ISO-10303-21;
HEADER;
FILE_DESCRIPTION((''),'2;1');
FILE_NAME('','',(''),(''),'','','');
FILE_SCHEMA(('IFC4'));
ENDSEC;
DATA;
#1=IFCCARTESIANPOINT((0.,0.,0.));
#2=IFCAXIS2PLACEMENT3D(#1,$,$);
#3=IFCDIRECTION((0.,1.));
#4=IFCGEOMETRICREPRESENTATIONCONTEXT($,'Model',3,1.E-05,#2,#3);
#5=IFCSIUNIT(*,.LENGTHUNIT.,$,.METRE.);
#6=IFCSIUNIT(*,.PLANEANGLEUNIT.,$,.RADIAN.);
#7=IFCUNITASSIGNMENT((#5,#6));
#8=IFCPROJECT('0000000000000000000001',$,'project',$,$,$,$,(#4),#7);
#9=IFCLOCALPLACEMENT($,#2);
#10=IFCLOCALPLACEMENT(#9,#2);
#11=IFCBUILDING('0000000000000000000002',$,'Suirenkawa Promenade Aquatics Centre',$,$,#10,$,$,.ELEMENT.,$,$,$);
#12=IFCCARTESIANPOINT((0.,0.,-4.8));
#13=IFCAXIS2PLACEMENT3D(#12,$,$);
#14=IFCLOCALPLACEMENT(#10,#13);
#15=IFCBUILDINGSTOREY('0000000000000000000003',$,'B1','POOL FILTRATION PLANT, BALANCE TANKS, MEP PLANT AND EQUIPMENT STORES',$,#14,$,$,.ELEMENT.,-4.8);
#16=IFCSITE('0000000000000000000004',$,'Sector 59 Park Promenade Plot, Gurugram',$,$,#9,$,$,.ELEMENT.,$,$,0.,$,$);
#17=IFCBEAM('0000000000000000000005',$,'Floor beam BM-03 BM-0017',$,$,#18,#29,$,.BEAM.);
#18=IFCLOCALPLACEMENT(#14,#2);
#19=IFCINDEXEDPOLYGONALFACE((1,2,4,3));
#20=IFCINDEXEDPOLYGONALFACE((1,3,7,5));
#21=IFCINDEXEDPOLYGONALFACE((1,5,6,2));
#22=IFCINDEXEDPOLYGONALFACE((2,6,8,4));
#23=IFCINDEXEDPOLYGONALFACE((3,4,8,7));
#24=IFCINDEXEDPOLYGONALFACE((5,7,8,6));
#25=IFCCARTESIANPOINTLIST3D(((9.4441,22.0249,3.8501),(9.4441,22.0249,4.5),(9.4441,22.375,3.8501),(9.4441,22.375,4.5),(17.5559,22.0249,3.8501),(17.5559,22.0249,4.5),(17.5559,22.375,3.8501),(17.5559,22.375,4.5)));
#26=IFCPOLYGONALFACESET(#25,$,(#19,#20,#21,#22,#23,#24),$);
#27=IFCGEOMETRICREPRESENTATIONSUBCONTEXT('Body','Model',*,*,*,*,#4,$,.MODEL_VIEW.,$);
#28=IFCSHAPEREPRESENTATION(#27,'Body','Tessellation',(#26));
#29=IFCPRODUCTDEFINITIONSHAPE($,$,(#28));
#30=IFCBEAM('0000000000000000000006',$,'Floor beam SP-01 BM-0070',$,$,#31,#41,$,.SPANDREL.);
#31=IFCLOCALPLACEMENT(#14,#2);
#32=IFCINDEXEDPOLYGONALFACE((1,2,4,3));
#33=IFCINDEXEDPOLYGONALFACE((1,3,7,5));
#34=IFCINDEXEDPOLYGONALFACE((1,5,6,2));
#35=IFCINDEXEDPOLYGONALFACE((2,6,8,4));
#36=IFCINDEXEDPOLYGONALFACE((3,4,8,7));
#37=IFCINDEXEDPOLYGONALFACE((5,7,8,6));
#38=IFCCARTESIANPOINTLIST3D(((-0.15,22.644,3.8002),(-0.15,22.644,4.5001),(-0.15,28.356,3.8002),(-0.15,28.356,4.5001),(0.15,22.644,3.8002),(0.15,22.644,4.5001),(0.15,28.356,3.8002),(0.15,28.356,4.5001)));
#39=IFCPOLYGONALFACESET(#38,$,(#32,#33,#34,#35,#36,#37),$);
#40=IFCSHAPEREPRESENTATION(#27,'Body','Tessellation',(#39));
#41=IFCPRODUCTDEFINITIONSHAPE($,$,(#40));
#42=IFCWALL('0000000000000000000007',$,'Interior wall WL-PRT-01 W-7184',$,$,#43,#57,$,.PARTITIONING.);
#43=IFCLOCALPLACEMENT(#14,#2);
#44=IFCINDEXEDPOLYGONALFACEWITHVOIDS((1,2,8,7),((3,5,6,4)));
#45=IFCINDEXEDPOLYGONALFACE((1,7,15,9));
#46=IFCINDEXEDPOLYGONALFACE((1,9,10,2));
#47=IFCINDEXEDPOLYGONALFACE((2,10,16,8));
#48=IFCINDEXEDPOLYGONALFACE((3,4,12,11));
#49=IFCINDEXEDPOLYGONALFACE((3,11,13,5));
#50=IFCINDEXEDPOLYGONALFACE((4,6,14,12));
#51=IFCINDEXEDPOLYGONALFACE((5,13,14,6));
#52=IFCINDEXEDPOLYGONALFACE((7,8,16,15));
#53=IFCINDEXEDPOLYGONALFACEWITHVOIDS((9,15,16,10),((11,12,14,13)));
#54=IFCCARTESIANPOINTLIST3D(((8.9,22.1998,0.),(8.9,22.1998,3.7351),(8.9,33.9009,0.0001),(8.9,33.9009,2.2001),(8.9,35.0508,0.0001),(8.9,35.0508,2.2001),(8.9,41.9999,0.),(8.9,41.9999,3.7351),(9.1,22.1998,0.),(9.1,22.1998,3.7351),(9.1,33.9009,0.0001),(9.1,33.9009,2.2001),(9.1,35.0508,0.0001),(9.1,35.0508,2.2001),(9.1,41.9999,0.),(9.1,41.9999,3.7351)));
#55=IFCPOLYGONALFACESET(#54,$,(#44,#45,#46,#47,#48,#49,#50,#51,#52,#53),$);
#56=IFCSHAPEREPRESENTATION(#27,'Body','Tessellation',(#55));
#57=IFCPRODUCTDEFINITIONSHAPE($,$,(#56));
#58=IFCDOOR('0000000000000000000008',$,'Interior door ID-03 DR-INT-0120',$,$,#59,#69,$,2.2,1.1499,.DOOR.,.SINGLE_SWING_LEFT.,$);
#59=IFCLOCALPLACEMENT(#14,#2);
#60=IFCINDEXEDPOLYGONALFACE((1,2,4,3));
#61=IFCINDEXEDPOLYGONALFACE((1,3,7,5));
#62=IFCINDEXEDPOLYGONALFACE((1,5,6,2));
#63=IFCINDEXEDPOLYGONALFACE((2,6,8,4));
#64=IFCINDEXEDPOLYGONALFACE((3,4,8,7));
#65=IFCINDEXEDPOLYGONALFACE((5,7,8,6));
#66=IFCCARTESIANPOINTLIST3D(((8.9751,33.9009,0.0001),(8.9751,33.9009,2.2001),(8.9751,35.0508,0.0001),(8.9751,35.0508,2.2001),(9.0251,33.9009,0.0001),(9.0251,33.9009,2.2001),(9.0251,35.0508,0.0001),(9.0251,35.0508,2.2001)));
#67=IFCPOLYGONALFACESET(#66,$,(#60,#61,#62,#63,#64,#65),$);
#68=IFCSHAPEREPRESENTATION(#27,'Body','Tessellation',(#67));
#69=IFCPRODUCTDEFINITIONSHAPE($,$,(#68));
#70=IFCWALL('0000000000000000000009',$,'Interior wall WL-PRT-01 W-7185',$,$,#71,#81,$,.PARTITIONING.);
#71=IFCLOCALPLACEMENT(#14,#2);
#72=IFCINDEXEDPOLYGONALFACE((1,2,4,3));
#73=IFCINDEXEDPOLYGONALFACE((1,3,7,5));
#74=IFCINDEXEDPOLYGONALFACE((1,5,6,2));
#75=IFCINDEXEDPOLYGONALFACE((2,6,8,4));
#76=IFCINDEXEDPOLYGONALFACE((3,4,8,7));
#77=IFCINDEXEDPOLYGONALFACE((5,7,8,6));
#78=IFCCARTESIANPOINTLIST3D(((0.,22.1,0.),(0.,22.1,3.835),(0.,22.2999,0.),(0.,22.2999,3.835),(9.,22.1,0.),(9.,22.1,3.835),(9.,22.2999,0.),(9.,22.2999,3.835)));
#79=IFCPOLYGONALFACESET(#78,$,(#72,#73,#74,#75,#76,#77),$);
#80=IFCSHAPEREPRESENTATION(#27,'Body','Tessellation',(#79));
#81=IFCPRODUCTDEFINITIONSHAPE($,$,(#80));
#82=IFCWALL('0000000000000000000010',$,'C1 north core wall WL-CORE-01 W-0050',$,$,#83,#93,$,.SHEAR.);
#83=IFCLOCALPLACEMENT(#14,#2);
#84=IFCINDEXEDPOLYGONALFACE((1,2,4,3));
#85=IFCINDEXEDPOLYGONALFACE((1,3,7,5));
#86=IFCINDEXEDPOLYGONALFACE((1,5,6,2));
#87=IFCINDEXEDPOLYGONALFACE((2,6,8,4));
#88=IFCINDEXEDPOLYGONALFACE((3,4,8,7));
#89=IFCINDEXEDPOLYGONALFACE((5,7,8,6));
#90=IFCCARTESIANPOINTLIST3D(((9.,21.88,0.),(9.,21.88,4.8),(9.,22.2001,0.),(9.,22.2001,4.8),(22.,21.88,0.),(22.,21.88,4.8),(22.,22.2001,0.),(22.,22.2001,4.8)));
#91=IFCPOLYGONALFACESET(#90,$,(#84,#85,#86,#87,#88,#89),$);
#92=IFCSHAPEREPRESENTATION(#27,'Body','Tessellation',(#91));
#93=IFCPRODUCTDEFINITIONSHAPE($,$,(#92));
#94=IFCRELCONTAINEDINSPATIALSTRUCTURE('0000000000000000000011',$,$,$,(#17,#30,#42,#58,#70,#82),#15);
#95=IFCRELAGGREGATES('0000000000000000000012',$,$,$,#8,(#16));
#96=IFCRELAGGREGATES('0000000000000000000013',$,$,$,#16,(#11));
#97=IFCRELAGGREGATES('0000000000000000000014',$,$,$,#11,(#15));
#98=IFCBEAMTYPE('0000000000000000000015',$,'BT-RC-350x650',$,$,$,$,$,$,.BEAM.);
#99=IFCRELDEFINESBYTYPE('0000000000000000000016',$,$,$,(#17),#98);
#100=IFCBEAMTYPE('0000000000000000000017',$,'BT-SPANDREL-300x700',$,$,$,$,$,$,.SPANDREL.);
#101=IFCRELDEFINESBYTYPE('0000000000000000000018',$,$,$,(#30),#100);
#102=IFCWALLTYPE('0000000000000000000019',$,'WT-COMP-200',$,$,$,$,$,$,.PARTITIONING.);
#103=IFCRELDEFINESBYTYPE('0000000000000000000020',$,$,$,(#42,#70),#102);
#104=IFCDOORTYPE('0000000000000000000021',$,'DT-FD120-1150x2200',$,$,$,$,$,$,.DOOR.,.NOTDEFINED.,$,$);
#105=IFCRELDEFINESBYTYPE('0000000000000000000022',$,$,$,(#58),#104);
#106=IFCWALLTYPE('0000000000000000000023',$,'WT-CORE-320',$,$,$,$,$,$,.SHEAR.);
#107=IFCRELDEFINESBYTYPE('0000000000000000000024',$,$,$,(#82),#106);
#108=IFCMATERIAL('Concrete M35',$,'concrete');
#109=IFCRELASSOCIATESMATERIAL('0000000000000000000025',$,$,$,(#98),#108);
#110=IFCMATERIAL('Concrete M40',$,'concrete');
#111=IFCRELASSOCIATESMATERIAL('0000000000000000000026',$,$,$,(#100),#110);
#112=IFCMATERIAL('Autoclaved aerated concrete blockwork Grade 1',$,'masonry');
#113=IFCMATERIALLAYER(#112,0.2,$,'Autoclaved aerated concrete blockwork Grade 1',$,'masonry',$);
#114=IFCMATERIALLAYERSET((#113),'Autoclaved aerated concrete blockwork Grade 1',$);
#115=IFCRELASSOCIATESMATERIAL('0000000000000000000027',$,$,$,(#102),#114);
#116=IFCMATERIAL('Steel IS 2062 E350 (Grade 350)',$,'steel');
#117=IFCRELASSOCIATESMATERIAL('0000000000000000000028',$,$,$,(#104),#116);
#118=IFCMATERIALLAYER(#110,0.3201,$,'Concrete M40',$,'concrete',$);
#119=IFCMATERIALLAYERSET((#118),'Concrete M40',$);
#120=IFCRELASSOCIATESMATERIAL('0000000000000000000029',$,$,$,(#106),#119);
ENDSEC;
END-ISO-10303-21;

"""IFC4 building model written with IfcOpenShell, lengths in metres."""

from ifc_helpers import new_model, si_unit, direction, frame, frame_2d, origin, origin_2d, place, context, subcontext, project, spatial, rectangle, extrude, material, layer, layer_set, material_profile, profile_set, type_object, element, fill, save


model = new_model("IFC4")

# Units and contexts
model_context = context("Model", 3, precision=1e-05, world=origin(), true_north=direction((0.0, 1.0)))
body_context = subcontext(model_context, "Body", "Model", "MODEL_VIEW")
ifc_project = project(units=[si_unit("LENGTHUNIT", "METRE"), si_unit("PLANEANGLEUNIT", "RADIAN")], contexts=[model_context])

# Site, building, storey
site_placement = place(None, origin())
site = spatial("IfcSite", under=ifc_project, at=site_placement, Name="Sector 59 Park Promenade Plot, Gurugram", CompositionType="ELEMENT", RefElevation=0.0)
building_placement = place(site_placement, origin())
building = spatial("IfcBuilding", under=site, at=building_placement, Name="Suirenkawa Promenade Aquatics Centre", CompositionType="ELEMENT")
storey_placement = place(building_placement, frame((0.0, 0.0, -4.8)))
storey = spatial("IfcBuildingStorey", under=building, at=storey_placement, Name="B1", Description="POOL FILTRATION PLANT, BALANCE TANKS, MEP PLANT AND EQUIPMENT STORES", CompositionType="ELEMENT", Elevation=-4.8)

# Shared definitions
ifc_material_1 = material(Name="Concrete M35", Category="concrete")

# Shared definitions
ifc_material_2 = material(Name="Concrete M40", Category="concrete")

# Beams
ifc_material_3 = material(Name="Steel IS 2062 E350 (Grade 350)", Category="steel")
ifc_material_profile_1 = material_profile(ifc_material_1, rectangle(XDim=0.3501, YDim=0.6499, at=origin_2d()), Name="RC BM 350x650", Category="concrete")
ifc_profile_set_1 = profile_set([ifc_material_profile_1], Name="Concrete M35")
beam_type_1 = type_object("IfcBeamType", Name="BT-RC-350x650", PredefinedType="BEAM", material=ifc_profile_set_1)
for number, where, z_axis, x_axis, name in (
    (1, (9.4441, 22.2, 4.175), (1.0, 0.0, 0.0), (0.0, 1.0, 0.0), "Floor beam BM-03 BM-0017"),
):
    element("IfcBeam", number, at=place(storey_placement, frame(where, z_axis=z_axis, x_axis=x_axis)), inside=storey, type_object=beam_type_1, Name=name, PredefinedType="BEAM", context=body_context, shape_type="SweptSolid", body=[
        extrude(rectangle(XDim=0.3501, YDim=0.6499, at=origin_2d()), origin(), (0.0, 0.0, 1.0), 8.1118),
    ])
ifc_material_profile_2 = material_profile(ifc_material_2, rectangle(XDim=0.3, YDim=0.7, at=origin_2d()), Name="RC SPANDREL 300x700", Category="concrete")
ifc_profile_set_2 = profile_set([ifc_material_profile_2], Name="Concrete M40")
beam_type_2 = type_object("IfcBeamType", Name="BT-SPANDREL-300x700", PredefinedType="SPANDREL", material=ifc_profile_set_2)
beam_1_placement = place(storey_placement, frame((0.0, 22.644, 4.1501), z_axis=(0.0, 1.0, 0.0), x_axis=(-1.0, 0.0, 0.0)))
element("IfcBeam", 2, at=beam_1_placement, inside=storey, type_object=beam_type_2, Name="Floor beam SP-01 BM-0070", PredefinedType="SPANDREL", context=body_context, shape_type="SweptSolid", body=[
    extrude(rectangle(XDim=0.3, YDim=0.7, at=origin_2d()), origin(), (0.0, 0.0, 1.0), 5.7119),
])

# Wall, opening, door
ifc_material_4 = material(Name="Autoclaved aerated concrete blockwork Grade 1", Category="masonry")
ifc_layer_1 = layer(ifc_material_4, 0.2, Name="Autoclaved aerated concrete blockwork Grade 1", Category="masonry")
ifc_layer_set_1 = layer_set([ifc_layer_1], Name="Autoclaved aerated concrete blockwork Grade 1")
wall_type_1 = type_object("IfcWallType", Name="WT-COMP-200", PredefinedType="PARTITIONING", material=ifc_layer_set_1)
wall_1_placement = place(storey_placement, frame((9.0, 22.2, 0.0), z_axis=(0.0, 0.0, 1.0), x_axis=(0.0, 1.0, 0.0)))
wall_1 = element("IfcWall", 3, at=wall_1_placement, inside=storey, type_object=wall_type_1, Name="Interior wall WL-PRT-01 W-7184", PredefinedType="PARTITIONING", context=body_context, shape_type="SweptSolid", body=[
    extrude(rectangle(XDim=19.8, YDim=0.2, at=frame_2d((9.8999, 0.0))), origin(), (0.0, 0.0, 1.0), 3.7351),
])
opening_placement = place(wall_1_placement, frame((11.7009, 0.0, 0.0)))
opening = element("IfcOpeningElement", 4, at=opening_placement, cuts=wall_1, PredefinedType="OPENING", context=body_context, shape_type="SweptSolid", body=[
    extrude(rectangle(XDim=1.1499, YDim=2.2, at=frame_2d((0.575, 1.1001))), frame((0.0, 0.1099, 0.0), z_axis=(0.0, -1.0, 0.0), x_axis=(1.0, 0.0, 0.0)), (0.0, 0.0, 1.0), 0.22),
])
door_type = type_object("IfcDoorType", Name="DT-FD120-1150x2200", OperationType="NOTDEFINED", PredefinedType="DOOR", material=ifc_material_3)
door_placement = place(opening_placement, origin())
door = element("IfcDoor", 5, at=door_placement, inside=storey, type_object=door_type, Name="Interior door ID-03 DR-INT-0120", OperationType="SINGLE_SWING_LEFT", OverallHeight=2.2, OverallWidth=1.1499, PredefinedType="DOOR", context=body_context, shape_type="SweptSolid", body=[
    extrude(rectangle(XDim=1.1499, YDim=2.2, at=frame_2d((0.575, 1.1001))), frame((0.0, 0.0249, 0.0), z_axis=(0.0, -1.0, 0.0), x_axis=(1.0, 0.0, 0.0)), (0.0, 0.0, 1.0), 0.05),
])
fill(opening, door)

# Walls
wall_2_placement = place(storey_placement, frame((0.0, 22.2, 0.0), z_axis=(0.0, 0.0, 1.0), x_axis=(1.0, 0.0, 0.0)))
element("IfcWall", 6, at=wall_2_placement, inside=storey, type_object=wall_type_1, Name="Interior wall WL-PRT-01 W-7185", PredefinedType="PARTITIONING", context=body_context, shape_type="SweptSolid", body=[
    extrude(rectangle(XDim=9.0, YDim=0.2, at=frame_2d((4.5, 0.0))), origin(), (0.0, 0.0, 1.0), 3.835),
])
ifc_layer_2 = layer(ifc_material_2, 0.3201, Name="Concrete M40", Category="concrete")
ifc_layer_set_2 = layer_set([ifc_layer_2], Name="Concrete M40")
wall_type_2 = type_object("IfcWallType", Name="WT-CORE-320", PredefinedType="SHEAR", material=ifc_layer_set_2)
wall_3_placement = place(storey_placement, frame((9.0, 22.04, 0.0), z_axis=(0.0, 0.0, 1.0), x_axis=(1.0, 0.0, 0.0)))
element("IfcWall", 7, at=wall_3_placement, inside=storey, type_object=wall_type_2, Name="C1 north core wall WL-CORE-01 W-0050", PredefinedType="SHEAR", context=body_context, shape_type="SweptSolid", body=[
    extrude(rectangle(XDim=13.0, YDim=0.3201, at=frame_2d((6.5, 0.0))), origin(), (0.0, 0.0, 1.0), 4.8),
])

save(model, "model.ifc")
